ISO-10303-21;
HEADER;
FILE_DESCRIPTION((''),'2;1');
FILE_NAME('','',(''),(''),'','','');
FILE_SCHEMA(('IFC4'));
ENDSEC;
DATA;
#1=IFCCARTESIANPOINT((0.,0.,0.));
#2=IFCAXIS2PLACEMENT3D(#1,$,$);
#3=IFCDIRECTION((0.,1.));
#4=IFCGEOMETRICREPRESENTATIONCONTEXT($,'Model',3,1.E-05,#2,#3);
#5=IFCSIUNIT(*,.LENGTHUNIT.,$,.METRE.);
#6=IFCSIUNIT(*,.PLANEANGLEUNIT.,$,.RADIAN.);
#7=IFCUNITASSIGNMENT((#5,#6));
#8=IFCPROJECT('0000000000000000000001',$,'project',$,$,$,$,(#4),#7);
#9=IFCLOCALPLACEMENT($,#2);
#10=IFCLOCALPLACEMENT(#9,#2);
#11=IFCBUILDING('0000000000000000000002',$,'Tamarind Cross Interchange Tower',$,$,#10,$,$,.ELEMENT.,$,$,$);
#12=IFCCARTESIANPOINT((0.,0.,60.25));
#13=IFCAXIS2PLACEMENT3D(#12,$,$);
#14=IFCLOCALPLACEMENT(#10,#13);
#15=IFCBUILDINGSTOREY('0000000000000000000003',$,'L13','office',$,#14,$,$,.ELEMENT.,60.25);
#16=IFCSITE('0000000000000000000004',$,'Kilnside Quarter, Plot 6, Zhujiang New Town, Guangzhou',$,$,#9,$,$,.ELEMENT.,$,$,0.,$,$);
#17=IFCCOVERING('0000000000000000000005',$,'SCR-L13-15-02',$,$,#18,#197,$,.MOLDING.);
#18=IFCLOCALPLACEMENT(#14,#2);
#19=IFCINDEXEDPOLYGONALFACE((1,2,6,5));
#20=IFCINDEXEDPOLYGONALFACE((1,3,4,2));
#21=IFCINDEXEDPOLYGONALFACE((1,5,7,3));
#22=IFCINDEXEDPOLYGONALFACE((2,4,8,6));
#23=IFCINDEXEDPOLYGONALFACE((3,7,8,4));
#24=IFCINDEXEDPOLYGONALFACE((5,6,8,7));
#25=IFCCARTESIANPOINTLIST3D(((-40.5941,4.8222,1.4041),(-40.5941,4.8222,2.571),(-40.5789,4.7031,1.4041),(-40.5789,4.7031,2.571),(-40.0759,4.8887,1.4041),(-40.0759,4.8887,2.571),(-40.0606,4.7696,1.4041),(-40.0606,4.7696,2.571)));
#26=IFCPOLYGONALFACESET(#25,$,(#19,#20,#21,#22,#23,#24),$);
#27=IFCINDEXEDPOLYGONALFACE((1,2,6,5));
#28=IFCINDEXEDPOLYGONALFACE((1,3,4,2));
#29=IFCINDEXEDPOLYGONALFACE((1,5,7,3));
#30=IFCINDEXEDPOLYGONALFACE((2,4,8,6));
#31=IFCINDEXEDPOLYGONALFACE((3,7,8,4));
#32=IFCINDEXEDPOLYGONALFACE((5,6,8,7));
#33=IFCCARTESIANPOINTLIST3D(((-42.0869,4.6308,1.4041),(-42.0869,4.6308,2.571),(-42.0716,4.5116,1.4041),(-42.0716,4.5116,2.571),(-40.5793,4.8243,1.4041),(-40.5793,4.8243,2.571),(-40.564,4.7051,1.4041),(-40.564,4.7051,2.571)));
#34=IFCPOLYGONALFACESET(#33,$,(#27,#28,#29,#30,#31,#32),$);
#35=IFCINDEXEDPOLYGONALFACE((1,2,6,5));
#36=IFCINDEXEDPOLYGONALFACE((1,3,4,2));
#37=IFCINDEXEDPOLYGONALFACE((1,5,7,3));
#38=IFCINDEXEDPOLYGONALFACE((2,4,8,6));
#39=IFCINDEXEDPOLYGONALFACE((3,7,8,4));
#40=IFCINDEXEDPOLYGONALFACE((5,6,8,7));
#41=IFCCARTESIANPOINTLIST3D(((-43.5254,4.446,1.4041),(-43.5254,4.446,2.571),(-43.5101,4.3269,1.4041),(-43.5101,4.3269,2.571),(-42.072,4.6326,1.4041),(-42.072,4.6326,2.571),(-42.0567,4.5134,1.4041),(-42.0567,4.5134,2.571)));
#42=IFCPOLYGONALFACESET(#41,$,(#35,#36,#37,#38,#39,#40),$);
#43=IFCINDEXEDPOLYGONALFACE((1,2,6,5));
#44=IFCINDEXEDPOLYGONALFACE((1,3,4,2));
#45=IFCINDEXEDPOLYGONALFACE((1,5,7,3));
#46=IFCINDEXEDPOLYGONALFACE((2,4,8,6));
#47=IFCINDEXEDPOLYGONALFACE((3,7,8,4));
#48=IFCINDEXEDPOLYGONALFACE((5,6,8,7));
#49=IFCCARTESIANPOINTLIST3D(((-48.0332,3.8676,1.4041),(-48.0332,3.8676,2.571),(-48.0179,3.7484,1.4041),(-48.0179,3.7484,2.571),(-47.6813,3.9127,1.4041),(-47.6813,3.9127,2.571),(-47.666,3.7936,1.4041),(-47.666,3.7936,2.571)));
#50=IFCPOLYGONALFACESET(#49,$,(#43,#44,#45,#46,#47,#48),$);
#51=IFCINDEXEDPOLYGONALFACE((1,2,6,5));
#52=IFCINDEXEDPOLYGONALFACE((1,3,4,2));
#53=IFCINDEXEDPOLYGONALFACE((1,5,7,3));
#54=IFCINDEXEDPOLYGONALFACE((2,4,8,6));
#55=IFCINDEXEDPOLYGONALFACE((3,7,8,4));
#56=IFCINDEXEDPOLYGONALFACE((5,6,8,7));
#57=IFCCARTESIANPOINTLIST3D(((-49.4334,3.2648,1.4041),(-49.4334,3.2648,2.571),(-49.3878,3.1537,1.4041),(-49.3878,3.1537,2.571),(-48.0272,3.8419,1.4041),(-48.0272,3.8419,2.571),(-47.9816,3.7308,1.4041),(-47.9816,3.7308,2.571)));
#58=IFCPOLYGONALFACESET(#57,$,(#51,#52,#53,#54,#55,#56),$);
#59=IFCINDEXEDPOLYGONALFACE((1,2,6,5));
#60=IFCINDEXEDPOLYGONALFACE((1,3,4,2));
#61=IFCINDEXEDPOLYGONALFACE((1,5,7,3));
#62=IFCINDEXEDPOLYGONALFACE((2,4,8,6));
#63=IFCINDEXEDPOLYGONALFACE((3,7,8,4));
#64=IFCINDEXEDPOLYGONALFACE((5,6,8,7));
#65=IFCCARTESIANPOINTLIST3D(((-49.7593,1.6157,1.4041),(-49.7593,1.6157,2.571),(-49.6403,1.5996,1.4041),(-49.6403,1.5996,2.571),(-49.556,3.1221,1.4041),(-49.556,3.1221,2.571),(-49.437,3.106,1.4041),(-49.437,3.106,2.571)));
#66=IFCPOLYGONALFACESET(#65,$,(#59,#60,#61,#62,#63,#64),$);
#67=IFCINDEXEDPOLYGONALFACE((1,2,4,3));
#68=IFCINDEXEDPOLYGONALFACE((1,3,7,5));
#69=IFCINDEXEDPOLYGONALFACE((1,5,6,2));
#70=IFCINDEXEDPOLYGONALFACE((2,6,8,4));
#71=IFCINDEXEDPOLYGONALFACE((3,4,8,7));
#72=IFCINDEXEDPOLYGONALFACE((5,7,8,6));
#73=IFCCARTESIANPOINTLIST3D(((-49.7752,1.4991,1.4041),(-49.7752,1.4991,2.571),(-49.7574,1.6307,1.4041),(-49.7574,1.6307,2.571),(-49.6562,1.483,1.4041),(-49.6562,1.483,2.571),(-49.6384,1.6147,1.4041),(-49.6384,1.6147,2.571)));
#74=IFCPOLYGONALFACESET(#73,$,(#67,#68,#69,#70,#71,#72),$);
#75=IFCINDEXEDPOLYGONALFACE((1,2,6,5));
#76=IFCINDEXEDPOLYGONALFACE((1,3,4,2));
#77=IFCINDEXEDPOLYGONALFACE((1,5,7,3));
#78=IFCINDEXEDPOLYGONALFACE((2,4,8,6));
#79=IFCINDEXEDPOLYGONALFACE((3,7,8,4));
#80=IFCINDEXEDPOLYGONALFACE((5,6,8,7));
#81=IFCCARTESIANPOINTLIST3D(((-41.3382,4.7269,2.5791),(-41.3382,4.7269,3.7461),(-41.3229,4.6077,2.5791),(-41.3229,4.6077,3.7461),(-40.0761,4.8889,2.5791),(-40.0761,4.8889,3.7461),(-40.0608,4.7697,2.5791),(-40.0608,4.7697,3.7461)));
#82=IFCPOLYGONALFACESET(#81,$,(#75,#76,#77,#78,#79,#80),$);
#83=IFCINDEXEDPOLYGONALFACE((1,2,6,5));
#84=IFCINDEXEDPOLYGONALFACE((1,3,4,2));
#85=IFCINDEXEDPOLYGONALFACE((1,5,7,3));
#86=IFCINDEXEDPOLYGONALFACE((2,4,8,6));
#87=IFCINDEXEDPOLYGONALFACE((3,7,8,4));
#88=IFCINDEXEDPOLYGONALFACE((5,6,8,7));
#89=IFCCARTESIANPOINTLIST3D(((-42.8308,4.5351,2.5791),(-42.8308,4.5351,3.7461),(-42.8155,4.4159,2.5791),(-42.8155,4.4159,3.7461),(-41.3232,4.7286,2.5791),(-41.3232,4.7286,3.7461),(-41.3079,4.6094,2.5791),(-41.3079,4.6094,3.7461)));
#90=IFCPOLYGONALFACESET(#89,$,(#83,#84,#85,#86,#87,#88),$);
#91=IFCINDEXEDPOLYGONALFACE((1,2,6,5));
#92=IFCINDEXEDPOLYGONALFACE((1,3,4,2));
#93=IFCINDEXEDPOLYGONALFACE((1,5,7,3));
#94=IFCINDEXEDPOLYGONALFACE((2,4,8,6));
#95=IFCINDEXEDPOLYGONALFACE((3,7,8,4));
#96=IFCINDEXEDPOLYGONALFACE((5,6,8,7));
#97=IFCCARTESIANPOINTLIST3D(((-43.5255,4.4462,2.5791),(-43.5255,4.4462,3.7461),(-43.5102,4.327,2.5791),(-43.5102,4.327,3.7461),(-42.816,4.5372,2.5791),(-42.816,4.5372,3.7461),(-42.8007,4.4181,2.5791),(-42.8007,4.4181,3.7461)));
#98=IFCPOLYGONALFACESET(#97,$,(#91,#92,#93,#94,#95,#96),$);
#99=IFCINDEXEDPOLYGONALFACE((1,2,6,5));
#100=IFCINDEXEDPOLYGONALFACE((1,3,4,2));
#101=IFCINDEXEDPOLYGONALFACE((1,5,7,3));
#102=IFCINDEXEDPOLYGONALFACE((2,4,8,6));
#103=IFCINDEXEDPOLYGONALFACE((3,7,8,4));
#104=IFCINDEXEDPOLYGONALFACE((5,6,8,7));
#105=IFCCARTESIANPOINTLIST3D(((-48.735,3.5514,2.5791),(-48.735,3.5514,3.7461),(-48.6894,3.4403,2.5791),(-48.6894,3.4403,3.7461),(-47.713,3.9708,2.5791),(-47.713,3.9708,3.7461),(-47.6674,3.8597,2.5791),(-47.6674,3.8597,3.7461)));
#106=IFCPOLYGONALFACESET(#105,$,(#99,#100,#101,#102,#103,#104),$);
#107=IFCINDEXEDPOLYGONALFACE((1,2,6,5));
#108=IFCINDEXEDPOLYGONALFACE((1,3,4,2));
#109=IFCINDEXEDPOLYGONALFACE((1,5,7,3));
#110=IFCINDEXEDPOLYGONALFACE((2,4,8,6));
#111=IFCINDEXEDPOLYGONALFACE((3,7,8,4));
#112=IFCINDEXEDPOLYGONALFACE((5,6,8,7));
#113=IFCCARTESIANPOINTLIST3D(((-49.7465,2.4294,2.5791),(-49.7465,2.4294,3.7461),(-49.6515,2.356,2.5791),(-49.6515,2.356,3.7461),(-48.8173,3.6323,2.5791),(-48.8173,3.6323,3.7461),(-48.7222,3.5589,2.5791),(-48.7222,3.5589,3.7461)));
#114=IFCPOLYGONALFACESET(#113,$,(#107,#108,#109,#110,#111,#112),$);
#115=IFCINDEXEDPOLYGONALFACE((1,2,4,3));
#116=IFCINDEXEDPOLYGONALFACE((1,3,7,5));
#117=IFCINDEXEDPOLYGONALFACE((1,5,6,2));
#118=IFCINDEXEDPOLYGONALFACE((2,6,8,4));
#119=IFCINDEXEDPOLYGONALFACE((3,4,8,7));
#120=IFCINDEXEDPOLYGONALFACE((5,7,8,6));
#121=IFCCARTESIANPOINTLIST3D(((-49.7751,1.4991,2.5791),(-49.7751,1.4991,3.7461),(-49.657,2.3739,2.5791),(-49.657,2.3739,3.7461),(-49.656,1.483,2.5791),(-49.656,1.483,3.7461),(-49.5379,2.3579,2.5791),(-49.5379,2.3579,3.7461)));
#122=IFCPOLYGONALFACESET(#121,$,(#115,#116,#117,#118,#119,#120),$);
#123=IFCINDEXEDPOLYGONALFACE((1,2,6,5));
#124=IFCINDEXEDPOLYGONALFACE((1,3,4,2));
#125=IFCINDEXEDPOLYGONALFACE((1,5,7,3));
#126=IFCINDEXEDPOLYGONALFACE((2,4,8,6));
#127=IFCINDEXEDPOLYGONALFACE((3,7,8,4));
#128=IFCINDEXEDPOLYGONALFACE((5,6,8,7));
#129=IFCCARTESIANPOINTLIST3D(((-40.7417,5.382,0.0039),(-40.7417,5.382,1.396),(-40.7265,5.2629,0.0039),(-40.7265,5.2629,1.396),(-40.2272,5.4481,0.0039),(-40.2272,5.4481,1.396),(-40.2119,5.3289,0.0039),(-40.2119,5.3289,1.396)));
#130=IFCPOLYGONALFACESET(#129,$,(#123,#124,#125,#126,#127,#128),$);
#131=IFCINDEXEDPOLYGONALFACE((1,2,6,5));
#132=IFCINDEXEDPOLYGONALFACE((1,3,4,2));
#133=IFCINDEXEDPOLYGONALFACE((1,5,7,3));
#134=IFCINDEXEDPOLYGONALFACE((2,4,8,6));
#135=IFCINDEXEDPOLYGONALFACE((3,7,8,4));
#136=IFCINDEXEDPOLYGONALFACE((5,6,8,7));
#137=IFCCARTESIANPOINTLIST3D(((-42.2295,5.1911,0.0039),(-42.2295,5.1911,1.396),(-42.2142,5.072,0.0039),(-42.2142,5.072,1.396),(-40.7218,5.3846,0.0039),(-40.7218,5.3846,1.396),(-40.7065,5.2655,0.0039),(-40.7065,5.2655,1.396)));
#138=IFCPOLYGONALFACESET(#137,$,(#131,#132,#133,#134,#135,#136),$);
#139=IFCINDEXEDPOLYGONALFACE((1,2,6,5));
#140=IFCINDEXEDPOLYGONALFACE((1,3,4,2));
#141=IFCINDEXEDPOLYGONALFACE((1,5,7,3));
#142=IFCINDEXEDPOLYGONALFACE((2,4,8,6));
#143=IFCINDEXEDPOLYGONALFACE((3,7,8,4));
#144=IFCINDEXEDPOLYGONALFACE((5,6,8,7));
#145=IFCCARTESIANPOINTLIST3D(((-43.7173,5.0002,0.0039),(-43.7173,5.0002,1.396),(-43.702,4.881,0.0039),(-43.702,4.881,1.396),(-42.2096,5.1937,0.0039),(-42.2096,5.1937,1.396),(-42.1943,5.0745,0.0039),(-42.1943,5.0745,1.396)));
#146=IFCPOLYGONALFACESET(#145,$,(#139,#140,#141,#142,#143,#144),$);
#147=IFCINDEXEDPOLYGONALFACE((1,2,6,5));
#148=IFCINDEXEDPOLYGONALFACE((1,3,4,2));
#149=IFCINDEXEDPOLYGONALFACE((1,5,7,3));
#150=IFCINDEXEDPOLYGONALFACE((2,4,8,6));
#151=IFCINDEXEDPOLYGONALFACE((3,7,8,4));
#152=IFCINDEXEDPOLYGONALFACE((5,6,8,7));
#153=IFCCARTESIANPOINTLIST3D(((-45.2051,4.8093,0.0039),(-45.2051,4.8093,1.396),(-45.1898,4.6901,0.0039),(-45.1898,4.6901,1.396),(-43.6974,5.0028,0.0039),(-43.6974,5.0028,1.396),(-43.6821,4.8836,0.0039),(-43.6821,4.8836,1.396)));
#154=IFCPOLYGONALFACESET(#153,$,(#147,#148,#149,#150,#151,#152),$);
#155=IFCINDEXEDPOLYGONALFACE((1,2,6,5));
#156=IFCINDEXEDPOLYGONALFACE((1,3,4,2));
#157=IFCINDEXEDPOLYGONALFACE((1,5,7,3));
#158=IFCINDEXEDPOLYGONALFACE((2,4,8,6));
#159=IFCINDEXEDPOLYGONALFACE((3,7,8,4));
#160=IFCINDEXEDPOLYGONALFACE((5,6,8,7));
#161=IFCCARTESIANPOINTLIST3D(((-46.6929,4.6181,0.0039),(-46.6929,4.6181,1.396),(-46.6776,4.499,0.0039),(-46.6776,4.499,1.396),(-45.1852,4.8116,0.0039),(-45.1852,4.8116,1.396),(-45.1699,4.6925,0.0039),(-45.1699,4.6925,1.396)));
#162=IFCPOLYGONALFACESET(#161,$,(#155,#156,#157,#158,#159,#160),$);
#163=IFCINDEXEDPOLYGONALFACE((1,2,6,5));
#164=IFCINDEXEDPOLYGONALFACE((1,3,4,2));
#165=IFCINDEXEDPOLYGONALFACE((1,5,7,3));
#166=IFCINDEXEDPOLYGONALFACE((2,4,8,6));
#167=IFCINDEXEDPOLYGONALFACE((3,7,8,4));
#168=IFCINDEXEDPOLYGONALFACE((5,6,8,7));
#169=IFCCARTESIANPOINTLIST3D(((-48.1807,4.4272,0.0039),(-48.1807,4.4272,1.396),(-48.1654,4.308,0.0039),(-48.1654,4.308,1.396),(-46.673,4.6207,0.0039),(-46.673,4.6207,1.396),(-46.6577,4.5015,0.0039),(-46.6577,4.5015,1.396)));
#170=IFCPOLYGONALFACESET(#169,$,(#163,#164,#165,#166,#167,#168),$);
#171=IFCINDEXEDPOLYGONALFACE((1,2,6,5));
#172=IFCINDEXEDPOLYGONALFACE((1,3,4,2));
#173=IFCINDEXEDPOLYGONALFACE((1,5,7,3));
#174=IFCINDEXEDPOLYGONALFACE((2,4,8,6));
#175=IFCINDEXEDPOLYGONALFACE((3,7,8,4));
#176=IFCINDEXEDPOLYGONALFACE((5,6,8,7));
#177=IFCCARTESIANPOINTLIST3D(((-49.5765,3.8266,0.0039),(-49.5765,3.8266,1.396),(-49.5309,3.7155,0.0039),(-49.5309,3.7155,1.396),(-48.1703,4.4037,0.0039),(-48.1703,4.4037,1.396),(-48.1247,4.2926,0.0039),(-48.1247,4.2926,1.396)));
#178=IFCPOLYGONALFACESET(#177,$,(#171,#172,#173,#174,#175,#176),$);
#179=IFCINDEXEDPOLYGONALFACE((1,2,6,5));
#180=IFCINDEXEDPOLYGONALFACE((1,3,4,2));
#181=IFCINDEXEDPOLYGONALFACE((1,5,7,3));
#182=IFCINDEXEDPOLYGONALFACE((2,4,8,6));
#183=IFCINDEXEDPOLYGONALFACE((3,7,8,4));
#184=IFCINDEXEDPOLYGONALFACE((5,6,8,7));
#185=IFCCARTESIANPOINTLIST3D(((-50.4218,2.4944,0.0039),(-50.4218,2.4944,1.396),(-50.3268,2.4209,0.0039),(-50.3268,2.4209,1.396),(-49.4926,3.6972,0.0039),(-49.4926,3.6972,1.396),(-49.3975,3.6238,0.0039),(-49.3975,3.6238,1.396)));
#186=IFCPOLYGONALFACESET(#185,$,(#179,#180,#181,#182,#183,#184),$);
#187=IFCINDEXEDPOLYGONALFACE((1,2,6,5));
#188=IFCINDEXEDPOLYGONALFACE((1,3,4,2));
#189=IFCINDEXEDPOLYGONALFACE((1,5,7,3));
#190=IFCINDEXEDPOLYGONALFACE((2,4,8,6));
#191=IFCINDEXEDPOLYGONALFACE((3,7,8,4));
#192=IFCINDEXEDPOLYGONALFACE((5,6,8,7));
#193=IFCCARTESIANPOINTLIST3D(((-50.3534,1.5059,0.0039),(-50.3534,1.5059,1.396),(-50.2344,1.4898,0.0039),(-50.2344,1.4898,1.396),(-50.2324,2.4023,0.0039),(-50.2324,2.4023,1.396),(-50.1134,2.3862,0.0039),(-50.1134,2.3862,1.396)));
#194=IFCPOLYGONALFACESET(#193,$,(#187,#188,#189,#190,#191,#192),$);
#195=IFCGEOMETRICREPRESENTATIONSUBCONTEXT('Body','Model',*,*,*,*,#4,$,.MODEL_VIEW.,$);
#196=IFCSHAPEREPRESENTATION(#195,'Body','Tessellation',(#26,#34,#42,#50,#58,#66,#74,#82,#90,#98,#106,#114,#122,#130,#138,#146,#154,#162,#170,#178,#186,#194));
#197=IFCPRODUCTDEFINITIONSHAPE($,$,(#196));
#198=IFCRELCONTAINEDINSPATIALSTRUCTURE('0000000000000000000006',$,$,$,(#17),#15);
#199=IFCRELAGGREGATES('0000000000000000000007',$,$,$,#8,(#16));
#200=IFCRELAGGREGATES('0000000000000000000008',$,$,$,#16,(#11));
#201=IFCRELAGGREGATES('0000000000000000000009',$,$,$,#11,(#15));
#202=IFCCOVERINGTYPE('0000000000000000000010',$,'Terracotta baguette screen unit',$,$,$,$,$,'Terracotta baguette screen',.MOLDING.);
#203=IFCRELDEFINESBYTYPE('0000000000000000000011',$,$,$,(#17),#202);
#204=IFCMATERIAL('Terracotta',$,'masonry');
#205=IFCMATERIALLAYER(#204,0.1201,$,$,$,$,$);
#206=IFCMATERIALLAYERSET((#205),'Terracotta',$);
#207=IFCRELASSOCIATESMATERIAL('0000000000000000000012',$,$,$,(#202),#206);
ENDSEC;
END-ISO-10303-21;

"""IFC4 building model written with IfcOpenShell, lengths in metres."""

from ifc_helpers import new_model, si_unit, direction, frame, origin, origin_2d, place, context, subcontext, project, spatial, rectangle, extrude, material, layer, layer_set, type_object, element, save


model = new_model("IFC4")

# Units and contexts
model_context = context("Model", 3, precision=1e-05, world=origin(), true_north=direction((0.0, 1.0)))
body_context = subcontext(model_context, "Body", "Model", "MODEL_VIEW")
ifc_project = project(units=[si_unit("LENGTHUNIT", "METRE"), si_unit("PLANEANGLEUNIT", "RADIAN")], contexts=[model_context])

# Site, building, storey
site_placement = place(None, origin())
site = spatial("IfcSite", under=ifc_project, at=site_placement, Name="Kilnside Quarter, Plot 6, Zhujiang New Town, Guangzhou", CompositionType="ELEMENT", RefElevation=0.0)
building_placement = place(site_placement, origin())
building = spatial("IfcBuilding", under=site, at=building_placement, Name="Tamarind Cross Interchange Tower", CompositionType="ELEMENT")
storey_placement = place(building_placement, frame((0.0, 0.0, 60.25)))
storey = spatial("IfcBuildingStorey", under=building, at=storey_placement, Name="L13", Description="office", CompositionType="ELEMENT", Elevation=60.25)

# Covering
ifc_material_1 = material(Name="Terracotta", Category="masonry")
ifc_layer_1 = layer(ifc_material_1, 0.1201)
ifc_layer_set_1 = layer_set([ifc_layer_1], Name="Terracotta")
covering_type = type_object("IfcCoveringType", Name="Terracotta baguette screen unit", ElementType="Terracotta baguette screen", PredefinedType="MOLDING", material=ifc_layer_set_1)
covering_1_placement = place(storey_placement, origin())
element("IfcCovering", 1, at=covering_1_placement, inside=storey, type_object=covering_type, Name="SCR-L13-15-02", PredefinedType="MOLDING", context=body_context, shape_type="SweptSolid", body=[
    extrude(rectangle(XDim=0.5225, YDim=0.1201, at=origin_2d()), frame((-40.3274, 4.7959, 1.4041), z_axis=(0.0, 0.0, 1.0), x_axis=(-0.991864, -0.1273, 0.0)), (0.0, 0.0, 1.0), 1.167),
    extrude(rectangle(XDim=1.52, YDim=0.1201, at=origin_2d()), frame((-41.3254, 4.668, 1.4041), z_axis=(0.0, 0.0, 1.0), x_axis=(-0.991864, -0.1273, 0.0)), (0.0, 0.0, 1.0), 1.167),
    extrude(rectangle(XDim=1.4653, YDim=0.1201, at=origin_2d()), frame((-42.791, 4.4797, 1.4041), z_axis=(0.0, 0.0, 1.0), x_axis=(-0.991864, -0.1273, 0.0)), (0.0, 0.0, 1.0), 1.167),
    extrude(rectangle(XDim=0.3547, YDim=0.1201, at=origin_2d()), frame((-47.8496, 3.8306, 1.4041), z_axis=(0.0, 0.0, 1.0), x_axis=(-0.991864, -0.1273, 0.0)), (0.0, 0.0, 1.0), 1.167),
    extrude(rectangle(XDim=1.52, YDim=0.1201, at=origin_2d()), frame((-48.7075, 3.4978, 1.4041), z_axis=(0.0, 0.0, 1.0), x_axis=(-0.92512, -0.379676, 0.0)), (0.0, 0.0, 1.0), 1.167),
    extrude(rectangle(XDim=1.52, YDim=0.1201, at=origin_2d()), frame((-49.5981, 2.3608, 1.4041), z_axis=(0.0, 0.0, 1.0), x_axis=(-0.133751, -0.991015, 0.0)), (0.0, 0.0, 1.0), 1.167),
    extrude(rectangle(XDim=0.1328, YDim=0.1201, at=origin_2d()), frame((-49.7068, 1.5569, 1.4041), z_axis=(0.0, 0.0, 1.0), x_axis=(-0.133751, -0.991015, 0.0)), (0.0, 0.0, 1.0), 1.167),
    extrude(rectangle(XDim=1.2725, YDim=0.1201, at=origin_2d()), frame((-40.6995, 4.7483, 2.5791), z_axis=(0.0, 0.0, 1.0), x_axis=(-0.991864, -0.1273, 0.0)), (0.0, 0.0, 1.0), 1.167),
    extrude(rectangle(XDim=1.52, YDim=0.1201, at=origin_2d()), frame((-42.0693, 4.5723, 2.5791), z_axis=(0.0, 0.0, 1.0), x_axis=(-0.991864, -0.1273, 0.0)), (0.0, 0.0, 1.0), 1.167),
    extrude(rectangle(XDim=0.7153, YDim=0.1201, at=origin_2d()), frame((-43.1631, 4.4321, 2.5791), z_axis=(0.0, 0.0, 1.0), x_axis=(-0.991864, -0.1273, 0.0)), (0.0, 0.0, 1.0), 1.167),
    extrude(rectangle(XDim=1.1047, YDim=0.1201, at=origin_2d()), frame((-48.2012, 3.7056, 2.5791), z_axis=(0.0, 0.0, 1.0), x_axis=(-0.92512, -0.379676, 0.0)), (0.0, 0.0, 1.0), 1.167),
    extrude(rectangle(XDim=1.52, YDim=0.1201, at=origin_2d()), frame((-49.2344, 2.9941, 2.5791), z_axis=(0.0, 0.0, 1.0), x_axis=(-0.611339, -0.791369, 0.0)), (0.0, 0.0, 1.0), 1.167),
    extrude(rectangle(XDim=0.8828, YDim=0.1201, at=origin_2d()), frame((-49.6565, 1.9285, 2.5791), z_axis=(0.0, 0.0, 1.0), x_axis=(-0.133751, -0.991015, 0.0)), (0.0, 0.0, 1.0), 1.167),
    extrude(rectangle(XDim=0.5188, YDim=0.1201, at=origin_2d()), frame((-40.4768, 5.3555, 0.0039), z_axis=(0.0, 0.0, 1.0), x_axis=(-0.991864, -0.1273, 0.0)), (0.0, 0.0, 1.0), 1.3921),
    extrude(rectangle(XDim=1.52, YDim=0.1201, at=origin_2d()), frame((-41.468, 5.2283, 0.0039), z_axis=(0.0, 0.0, 1.0), x_axis=(-0.991864, -0.1273, 0.0)), (0.0, 0.0, 1.0), 1.3921),
    extrude(rectangle(XDim=1.52, YDim=0.1201, at=origin_2d()), frame((-42.9558, 5.0374, 0.0039), z_axis=(0.0, 0.0, 1.0), x_axis=(-0.991864, -0.1273, 0.0)), (0.0, 0.0, 1.0), 1.3921),
    extrude(rectangle(XDim=1.52, YDim=0.1201, at=origin_2d()), frame((-44.4436, 4.8464, 0.0039), z_axis=(0.0, 0.0, 1.0), x_axis=(-0.991864, -0.1273, 0.0)), (0.0, 0.0, 1.0), 1.3921),
    extrude(rectangle(XDim=1.52, YDim=0.1201, at=origin_2d()), frame((-45.9314, 4.6553, 0.0039), z_axis=(0.0, 0.0, 1.0), x_axis=(-0.991864, -0.1273, 0.0)), (0.0, 0.0, 1.0), 1.3921),
    extrude(rectangle(XDim=1.52, YDim=0.1201, at=origin_2d()), frame((-47.4192, 4.4644, 0.0039), z_axis=(0.0, 0.0, 1.0), x_axis=(-0.991864, -0.1273, 0.0)), (0.0, 0.0, 1.0), 1.3921),
    extrude(rectangle(XDim=1.52, YDim=0.1201, at=origin_2d()), frame((-48.8506, 4.0596, 0.0039), z_axis=(0.0, 0.0, 1.0), x_axis=(-0.92512, -0.379676, 0.0)), (0.0, 0.0, 1.0), 1.3921),
    extrude(rectangle(XDim=1.52, YDim=0.1201, at=origin_2d()), frame((-49.9097, 3.0591, 0.0039), z_axis=(0.0, 0.0, 1.0), x_axis=(-0.611339, -0.791369, 0.0)), (0.0, 0.0, 1.0), 1.3921),
    extrude(rectangle(XDim=0.9045, YDim=0.1201, at=origin_2d()), frame((-50.2334, 1.946, 0.0039), z_axis=(0.0, 0.0, 1.0), x_axis=(-0.133751, -0.991015, 0.0)), (0.0, 0.0, 1.0), 1.3921),
])

save(model, "model.ifc")
